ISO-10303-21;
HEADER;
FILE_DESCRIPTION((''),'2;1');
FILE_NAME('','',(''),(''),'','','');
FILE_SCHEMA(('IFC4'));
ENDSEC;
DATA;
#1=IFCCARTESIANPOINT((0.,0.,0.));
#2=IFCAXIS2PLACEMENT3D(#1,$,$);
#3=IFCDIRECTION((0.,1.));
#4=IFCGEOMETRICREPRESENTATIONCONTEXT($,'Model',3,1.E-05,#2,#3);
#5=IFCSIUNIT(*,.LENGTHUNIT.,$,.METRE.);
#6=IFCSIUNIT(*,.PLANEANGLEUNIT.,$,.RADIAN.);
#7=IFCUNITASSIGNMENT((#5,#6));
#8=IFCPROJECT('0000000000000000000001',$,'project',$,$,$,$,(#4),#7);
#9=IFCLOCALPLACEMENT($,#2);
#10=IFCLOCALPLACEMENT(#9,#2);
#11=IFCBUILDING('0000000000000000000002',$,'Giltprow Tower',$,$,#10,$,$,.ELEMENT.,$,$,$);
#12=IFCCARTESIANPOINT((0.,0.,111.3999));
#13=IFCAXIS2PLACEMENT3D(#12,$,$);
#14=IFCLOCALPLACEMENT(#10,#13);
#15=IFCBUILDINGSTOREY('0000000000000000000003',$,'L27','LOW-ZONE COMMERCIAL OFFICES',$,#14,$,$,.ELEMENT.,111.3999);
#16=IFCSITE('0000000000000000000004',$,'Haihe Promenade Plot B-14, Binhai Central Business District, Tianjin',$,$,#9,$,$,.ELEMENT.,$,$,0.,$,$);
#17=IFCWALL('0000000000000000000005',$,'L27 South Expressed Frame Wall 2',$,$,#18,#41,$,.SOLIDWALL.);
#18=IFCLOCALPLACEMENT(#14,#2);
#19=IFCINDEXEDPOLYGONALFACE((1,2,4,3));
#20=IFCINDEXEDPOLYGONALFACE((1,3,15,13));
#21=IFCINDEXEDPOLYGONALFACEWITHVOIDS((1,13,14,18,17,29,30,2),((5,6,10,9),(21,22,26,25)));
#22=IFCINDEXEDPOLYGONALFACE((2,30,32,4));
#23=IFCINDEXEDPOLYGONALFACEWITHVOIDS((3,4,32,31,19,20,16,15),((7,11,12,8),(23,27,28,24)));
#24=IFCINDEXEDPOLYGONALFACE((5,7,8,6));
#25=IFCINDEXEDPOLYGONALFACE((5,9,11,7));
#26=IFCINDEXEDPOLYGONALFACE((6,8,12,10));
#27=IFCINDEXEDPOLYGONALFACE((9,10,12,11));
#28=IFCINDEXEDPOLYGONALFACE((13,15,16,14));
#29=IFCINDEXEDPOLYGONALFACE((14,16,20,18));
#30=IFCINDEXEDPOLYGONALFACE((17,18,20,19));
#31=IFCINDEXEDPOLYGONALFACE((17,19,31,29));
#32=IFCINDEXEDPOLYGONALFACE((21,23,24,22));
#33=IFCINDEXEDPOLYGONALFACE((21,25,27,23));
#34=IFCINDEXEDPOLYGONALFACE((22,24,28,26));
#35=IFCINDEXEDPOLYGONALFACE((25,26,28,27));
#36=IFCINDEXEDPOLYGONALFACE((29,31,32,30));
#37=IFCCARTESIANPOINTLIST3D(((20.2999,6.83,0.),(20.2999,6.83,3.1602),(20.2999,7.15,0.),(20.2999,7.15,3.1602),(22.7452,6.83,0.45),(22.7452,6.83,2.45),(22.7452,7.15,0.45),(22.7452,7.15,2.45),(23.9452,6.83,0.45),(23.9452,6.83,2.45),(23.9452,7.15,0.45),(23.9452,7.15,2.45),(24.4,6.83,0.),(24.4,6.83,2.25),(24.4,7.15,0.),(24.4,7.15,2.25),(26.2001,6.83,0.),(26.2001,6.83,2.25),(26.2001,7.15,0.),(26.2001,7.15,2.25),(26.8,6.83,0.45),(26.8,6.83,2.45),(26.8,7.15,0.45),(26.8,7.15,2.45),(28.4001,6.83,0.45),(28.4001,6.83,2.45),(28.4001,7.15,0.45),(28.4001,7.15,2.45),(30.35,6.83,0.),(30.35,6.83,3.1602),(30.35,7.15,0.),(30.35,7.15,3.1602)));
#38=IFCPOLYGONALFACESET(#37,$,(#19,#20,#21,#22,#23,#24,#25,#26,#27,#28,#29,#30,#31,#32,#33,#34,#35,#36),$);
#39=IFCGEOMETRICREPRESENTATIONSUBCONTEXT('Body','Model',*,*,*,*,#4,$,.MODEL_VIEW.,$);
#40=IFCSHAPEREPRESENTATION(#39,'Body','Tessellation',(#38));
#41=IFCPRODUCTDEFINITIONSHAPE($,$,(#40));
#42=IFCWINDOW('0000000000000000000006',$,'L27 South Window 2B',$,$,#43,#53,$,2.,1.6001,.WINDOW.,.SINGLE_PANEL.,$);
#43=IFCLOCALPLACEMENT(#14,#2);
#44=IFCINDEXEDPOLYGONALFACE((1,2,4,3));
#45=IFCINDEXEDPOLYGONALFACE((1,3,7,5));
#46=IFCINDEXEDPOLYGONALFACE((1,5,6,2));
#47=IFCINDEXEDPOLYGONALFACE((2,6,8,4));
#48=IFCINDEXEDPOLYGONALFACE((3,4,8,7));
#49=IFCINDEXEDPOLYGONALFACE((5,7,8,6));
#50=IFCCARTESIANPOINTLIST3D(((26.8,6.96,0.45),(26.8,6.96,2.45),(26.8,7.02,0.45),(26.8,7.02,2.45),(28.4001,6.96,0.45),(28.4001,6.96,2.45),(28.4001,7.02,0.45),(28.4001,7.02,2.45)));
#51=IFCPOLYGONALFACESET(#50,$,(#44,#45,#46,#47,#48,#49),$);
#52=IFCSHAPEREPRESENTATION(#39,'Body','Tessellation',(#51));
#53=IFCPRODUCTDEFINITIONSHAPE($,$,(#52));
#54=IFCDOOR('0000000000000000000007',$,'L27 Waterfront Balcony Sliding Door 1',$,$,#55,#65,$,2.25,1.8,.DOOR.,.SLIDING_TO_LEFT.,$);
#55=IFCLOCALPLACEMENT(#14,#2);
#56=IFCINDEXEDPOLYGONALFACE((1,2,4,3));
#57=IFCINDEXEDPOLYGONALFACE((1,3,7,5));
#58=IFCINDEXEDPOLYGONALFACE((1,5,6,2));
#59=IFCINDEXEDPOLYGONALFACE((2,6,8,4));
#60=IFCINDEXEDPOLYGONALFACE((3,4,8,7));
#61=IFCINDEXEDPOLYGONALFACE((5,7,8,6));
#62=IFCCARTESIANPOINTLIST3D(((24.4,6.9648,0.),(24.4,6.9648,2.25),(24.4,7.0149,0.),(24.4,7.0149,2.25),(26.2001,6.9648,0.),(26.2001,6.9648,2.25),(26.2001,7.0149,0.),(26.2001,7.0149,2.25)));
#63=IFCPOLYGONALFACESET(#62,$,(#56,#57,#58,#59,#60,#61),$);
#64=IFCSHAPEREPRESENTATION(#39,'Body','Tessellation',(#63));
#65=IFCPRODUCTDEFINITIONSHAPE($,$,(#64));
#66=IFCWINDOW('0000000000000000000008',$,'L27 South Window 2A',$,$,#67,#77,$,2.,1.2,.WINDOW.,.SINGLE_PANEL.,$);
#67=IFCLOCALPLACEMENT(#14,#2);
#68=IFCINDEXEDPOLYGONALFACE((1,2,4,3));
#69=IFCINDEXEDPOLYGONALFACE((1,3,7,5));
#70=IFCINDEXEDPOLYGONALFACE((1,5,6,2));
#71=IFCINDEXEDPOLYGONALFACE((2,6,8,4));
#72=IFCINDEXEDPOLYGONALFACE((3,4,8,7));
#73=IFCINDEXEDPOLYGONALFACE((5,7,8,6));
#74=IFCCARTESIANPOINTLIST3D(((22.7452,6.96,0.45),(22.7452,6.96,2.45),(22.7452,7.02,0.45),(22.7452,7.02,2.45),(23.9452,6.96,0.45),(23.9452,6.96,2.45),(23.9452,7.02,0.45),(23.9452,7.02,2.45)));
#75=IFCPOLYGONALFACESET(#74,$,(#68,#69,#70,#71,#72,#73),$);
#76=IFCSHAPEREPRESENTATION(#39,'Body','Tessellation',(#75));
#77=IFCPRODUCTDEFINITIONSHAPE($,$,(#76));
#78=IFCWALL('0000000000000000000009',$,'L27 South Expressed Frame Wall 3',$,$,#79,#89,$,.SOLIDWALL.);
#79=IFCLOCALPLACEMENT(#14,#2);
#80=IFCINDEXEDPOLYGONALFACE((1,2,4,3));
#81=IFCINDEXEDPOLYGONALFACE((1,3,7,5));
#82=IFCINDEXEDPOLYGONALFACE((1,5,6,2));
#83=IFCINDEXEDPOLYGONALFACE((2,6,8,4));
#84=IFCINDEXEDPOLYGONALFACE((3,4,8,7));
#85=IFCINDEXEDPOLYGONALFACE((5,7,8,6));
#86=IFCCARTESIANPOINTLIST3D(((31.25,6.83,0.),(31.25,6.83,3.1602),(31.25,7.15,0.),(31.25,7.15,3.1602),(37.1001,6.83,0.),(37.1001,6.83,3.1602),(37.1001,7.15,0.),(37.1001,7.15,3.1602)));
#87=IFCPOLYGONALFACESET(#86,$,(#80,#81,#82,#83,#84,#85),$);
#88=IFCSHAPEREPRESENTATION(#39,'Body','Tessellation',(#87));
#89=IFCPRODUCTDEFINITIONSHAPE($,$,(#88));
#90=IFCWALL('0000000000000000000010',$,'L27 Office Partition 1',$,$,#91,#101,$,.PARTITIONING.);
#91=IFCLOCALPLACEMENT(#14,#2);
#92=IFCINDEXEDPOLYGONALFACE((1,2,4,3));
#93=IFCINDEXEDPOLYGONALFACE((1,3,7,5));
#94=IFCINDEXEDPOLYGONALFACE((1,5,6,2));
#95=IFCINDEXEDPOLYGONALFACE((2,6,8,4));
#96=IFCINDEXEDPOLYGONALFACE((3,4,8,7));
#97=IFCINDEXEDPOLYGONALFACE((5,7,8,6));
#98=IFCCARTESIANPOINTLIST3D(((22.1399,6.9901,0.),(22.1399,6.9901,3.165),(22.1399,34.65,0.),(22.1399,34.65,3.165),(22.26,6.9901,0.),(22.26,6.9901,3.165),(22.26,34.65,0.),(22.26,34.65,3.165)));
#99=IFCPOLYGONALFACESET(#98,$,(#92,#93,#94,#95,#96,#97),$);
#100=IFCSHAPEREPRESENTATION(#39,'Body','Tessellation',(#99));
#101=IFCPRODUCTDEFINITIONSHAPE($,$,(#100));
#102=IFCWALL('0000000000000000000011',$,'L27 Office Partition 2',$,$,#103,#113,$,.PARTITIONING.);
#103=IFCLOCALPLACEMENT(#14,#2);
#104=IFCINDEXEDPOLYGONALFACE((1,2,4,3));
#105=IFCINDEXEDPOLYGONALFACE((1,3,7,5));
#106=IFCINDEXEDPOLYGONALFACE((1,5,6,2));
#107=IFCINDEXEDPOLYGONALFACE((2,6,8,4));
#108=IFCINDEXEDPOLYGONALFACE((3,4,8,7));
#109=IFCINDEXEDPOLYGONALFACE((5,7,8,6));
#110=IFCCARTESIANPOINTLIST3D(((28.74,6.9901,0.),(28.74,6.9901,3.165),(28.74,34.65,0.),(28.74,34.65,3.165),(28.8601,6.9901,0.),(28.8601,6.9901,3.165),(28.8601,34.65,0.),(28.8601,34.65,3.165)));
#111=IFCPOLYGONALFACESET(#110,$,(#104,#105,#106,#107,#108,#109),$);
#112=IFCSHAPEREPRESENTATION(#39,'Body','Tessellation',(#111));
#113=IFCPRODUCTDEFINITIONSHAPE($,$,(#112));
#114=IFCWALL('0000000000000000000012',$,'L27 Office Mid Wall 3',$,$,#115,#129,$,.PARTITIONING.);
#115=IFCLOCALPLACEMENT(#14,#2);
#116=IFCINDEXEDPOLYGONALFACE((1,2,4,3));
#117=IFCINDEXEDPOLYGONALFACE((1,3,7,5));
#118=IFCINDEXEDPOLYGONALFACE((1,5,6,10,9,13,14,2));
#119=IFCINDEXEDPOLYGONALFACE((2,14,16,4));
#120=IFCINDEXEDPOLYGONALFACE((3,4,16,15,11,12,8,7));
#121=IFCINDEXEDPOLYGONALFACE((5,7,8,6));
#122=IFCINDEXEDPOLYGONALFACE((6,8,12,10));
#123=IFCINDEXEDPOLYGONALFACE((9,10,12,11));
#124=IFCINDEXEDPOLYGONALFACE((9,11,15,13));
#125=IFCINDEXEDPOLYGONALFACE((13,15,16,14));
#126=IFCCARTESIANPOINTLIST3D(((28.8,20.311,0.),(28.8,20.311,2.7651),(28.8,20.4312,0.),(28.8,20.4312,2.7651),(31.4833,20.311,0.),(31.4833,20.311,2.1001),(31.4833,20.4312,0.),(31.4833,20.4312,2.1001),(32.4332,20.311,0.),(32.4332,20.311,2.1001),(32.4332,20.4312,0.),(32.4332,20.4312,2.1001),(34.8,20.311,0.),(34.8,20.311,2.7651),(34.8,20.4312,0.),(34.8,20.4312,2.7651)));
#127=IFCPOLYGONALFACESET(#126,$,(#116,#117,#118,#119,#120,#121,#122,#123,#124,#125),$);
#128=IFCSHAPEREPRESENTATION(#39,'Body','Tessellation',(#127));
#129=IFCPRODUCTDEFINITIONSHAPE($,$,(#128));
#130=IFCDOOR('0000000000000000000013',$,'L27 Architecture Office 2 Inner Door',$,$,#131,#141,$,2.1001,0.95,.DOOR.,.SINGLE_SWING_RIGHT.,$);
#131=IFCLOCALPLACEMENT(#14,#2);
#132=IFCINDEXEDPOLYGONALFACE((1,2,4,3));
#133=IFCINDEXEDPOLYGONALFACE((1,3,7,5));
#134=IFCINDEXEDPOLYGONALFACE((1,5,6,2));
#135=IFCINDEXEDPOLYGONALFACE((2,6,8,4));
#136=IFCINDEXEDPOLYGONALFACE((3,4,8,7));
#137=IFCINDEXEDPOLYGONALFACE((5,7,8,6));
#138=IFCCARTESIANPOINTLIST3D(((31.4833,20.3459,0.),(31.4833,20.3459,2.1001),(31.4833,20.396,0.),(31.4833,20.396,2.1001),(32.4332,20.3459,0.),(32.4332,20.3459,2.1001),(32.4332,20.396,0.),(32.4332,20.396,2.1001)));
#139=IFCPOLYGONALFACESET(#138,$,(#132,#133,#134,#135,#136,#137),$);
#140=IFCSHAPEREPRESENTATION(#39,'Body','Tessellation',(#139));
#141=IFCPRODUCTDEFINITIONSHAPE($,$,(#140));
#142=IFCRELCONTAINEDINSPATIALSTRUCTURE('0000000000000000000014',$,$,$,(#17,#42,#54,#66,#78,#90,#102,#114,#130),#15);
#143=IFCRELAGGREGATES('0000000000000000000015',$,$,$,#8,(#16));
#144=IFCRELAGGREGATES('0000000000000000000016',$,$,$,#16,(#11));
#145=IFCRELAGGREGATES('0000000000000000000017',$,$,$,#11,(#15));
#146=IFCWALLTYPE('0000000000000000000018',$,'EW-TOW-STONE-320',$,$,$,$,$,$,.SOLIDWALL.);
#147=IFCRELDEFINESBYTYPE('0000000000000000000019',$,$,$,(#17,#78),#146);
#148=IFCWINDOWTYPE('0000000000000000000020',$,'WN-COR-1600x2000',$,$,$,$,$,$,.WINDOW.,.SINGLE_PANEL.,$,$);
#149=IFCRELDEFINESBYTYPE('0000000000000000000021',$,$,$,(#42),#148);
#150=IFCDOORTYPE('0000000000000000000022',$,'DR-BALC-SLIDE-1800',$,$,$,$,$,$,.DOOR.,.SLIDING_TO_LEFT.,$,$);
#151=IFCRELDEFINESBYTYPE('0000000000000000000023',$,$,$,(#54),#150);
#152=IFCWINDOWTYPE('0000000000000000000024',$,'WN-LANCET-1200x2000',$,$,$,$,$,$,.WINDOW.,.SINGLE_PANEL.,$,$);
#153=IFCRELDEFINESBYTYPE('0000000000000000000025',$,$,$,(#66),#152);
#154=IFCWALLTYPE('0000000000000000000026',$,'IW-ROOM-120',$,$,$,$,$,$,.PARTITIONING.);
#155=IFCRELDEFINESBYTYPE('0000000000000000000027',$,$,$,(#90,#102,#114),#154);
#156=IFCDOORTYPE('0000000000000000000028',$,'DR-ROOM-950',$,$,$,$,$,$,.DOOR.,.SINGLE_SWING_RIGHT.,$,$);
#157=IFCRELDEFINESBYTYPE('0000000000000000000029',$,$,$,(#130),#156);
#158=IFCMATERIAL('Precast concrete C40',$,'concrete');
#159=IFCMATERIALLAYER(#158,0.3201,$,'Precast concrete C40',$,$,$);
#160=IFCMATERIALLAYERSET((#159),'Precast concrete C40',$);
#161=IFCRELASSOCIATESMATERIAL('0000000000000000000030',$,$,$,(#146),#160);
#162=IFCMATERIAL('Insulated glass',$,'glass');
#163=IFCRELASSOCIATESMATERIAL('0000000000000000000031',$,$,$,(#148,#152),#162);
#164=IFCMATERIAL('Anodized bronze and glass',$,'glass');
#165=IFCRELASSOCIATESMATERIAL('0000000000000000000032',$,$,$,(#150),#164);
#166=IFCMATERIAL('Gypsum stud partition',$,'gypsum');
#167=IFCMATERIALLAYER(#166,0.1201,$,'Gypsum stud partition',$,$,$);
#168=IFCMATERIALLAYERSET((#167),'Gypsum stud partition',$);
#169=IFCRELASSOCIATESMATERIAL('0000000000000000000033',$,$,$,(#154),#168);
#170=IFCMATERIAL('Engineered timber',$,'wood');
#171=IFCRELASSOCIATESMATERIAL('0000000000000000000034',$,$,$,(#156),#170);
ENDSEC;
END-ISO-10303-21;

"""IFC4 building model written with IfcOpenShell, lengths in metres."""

from ifc_helpers import new_model, si_unit, direction, frame, frame_2d, origin, place, context, subcontext, project, spatial, rectangle, extrude, source, transform, mapped, material, layer, layer_set, type_object, element, fill, save


model = new_model("IFC4")

# Units and contexts
model_context = context("Model", 3, precision=1e-05, world=origin(), true_north=direction((0.0, 1.0)))
body_context = subcontext(model_context, "Body", "Model", "MODEL_VIEW")
ifc_project = project(units=[si_unit("LENGTHUNIT", "METRE"), si_unit("PLANEANGLEUNIT", "RADIAN")], contexts=[model_context])

# Site, building, storey
site_placement = place(None, origin())
site = spatial("IfcSite", under=ifc_project, at=site_placement, Name="Haihe Promenade Plot B-14, Binhai Central Business District, Tianjin", CompositionType="ELEMENT", RefElevation=0.0)
building_placement = place(site_placement, origin())
building = spatial("IfcBuilding", under=site, at=building_placement, Name="Giltprow Tower", CompositionType="ELEMENT")
storey_placement = place(building_placement, frame((0.0, 0.0, 111.3999)))
storey = spatial("IfcBuildingStorey", under=building, at=storey_placement, Name="L27", Description="LOW-ZONE COMMERCIAL OFFICES", CompositionType="ELEMENT", Elevation=111.3999)

# Wall, openings, windows, door
ifc_material_1 = material(Name="Precast concrete C40", Category="concrete")
ifc_layer_1 = layer(ifc_material_1, 0.3201, Name="Precast concrete C40")
ifc_layer_set_1 = layer_set([ifc_layer_1], Name="Precast concrete C40")
wall_type_1 = type_object("IfcWallType", Name="EW-TOW-STONE-320", PredefinedType="SOLIDWALL", material=ifc_layer_set_1)
wall_1_placement = place(storey_placement, frame((20.3, 6.99, 0.0), z_axis=(0.0, 0.0, 1.0), x_axis=(1.0, 0.0, 0.0)))
wall_1 = element("IfcWall", 1, at=wall_1_placement, inside=storey, type_object=wall_type_1, Name="L27 South Expressed Frame Wall 2", PredefinedType="SOLIDWALL", context=body_context, shape_type="SweptSolid", body=[
    extrude(rectangle(XDim=10.05, YDim=0.3201, at=frame_2d((5.0249, 0.0))), origin(), (0.0, 0.0, 1.0), 3.1602),
])
opening_1_placement = place(wall_1_placement, frame((4.1001, 0.0, 0.0)))
opening_1 = element("IfcOpeningElement", 2, at=opening_1_placement, cuts=wall_1, PredefinedType="OPENING", context=body_context, shape_type="SweptSolid", body=[
    extrude(rectangle(XDim=1.8, YDim=2.25, at=frame_2d((0.8999, 1.125))), frame((0.0, 0.1699, 0.0), z_axis=(0.0, -1.0, 0.0), x_axis=(1.0, 0.0, 0.0)), (0.0, 0.0, 1.0), 0.3401),
])
opening_2_placement = place(wall_1_placement, frame((2.4451, 0.0, 0.45)))
opening_2 = element("IfcOpeningElement", 3, at=opening_2_placement, cuts=wall_1, PredefinedType="OPENING", context=body_context, shape_type="SweptSolid", body=[
    extrude(rectangle(XDim=1.2, YDim=2.0, at=frame_2d((0.6001, 1.0))), frame((0.0, 0.1699, 0.0), z_axis=(0.0, -1.0, 0.0), x_axis=(1.0, 0.0, 0.0)), (0.0, 0.0, 1.0), 0.3401),
])
opening_3_placement = place(wall_1_placement, frame((6.5, 0.0, 0.45)))
opening_3 = element("IfcOpeningElement", 4, at=opening_3_placement, cuts=wall_1, PredefinedType="OPENING", context=body_context, shape_type="SweptSolid", body=[
    extrude(rectangle(XDim=1.6001, YDim=2.0, at=frame_2d((0.8, 1.0))), frame((0.0, 0.1699, 0.0), z_axis=(0.0, -1.0, 0.0), x_axis=(1.0, 0.0, 0.0)), (0.0, 0.0, 1.0), 0.3401),
])
ifc_material_2 = material(Name="Insulated glass", Category="glass")
window_type_1 = type_object("IfcWindowType", Name="WN-COR-1600x2000", PartitioningType="SINGLE_PANEL", PredefinedType="WINDOW", material=ifc_material_2)
shared_shape_1 = source(origin(), body_context, "Body", "SweptSolid", [
    extrude(rectangle(XDim=1.6001, YDim=2.0, at=frame_2d((0.8, 1.0))), frame((0.0, 0.03, 0.0), z_axis=(0.0, -1.0, 0.0), x_axis=(1.0, 0.0, 0.0)), (0.0, 0.0, 1.0), 0.0601),
])
window_1_placement = place(opening_3_placement, origin())
window_1 = element("IfcWindow", 5, at=window_1_placement, inside=storey, type_object=window_type_1, Name="L27 South Window 2B", OverallHeight=2.0, OverallWidth=1.6001, PartitioningType="SINGLE_PANEL", PredefinedType="WINDOW", context=body_context, shape_type="MappedRepresentation", body=[
    mapped(shared_shape_1, transform((0.0, 0.0, 0.0), x_axis=(1.0, 0.0, 0.0), y_axis=(0.0, 1.0, 0.0), z_axis=(0.0, 0.0, 1.0), scale=1.0)),
])
fill(opening_3, window_1)
ifc_material_3 = material(Name="Anodized bronze and glass", Category="glass")
door_type_1 = type_object("IfcDoorType", Name="DR-BALC-SLIDE-1800", OperationType="SLIDING_TO_LEFT", PredefinedType="DOOR", material=ifc_material_3)
shared_shape_2 = source(origin(), body_context, "Body", "SweptSolid", [
    extrude(rectangle(XDim=1.8, YDim=2.25, at=frame_2d((0.8999, 1.125))), frame((0.0, 0.0249, 0.0), z_axis=(0.0, -1.0, 0.0), x_axis=(1.0, 0.0, 0.0)), (0.0, 0.0, 1.0), 0.05),
])
door_1_placement = place(opening_1_placement, origin())
door_1 = element("IfcDoor", 6, at=door_1_placement, inside=storey, type_object=door_type_1, Name="L27 Waterfront Balcony Sliding Door 1", OperationType="SLIDING_TO_LEFT", OverallHeight=2.25, OverallWidth=1.8, PredefinedType="DOOR", context=body_context, shape_type="MappedRepresentation", body=[
    mapped(shared_shape_2, transform((0.0, 0.0, 0.0), x_axis=(1.0, 0.0, 0.0), y_axis=(0.0, 1.0, 0.0), z_axis=(0.0, 0.0, 1.0), scale=1.0)),
])
fill(opening_1, door_1)
window_type_2 = type_object("IfcWindowType", Name="WN-LANCET-1200x2000", PartitioningType="SINGLE_PANEL", PredefinedType="WINDOW", material=ifc_material_2)
shared_shape_3 = source(origin(), body_context, "Body", "SweptSolid", [
    extrude(rectangle(XDim=1.2, YDim=2.0, at=frame_2d((0.6001, 1.0))), frame((0.0, 0.03, 0.0), z_axis=(0.0, -1.0, 0.0), x_axis=(1.0, 0.0, 0.0)), (0.0, 0.0, 1.0), 0.0601),
])
window_2_placement = place(opening_2_placement, origin())
window_2 = element("IfcWindow", 7, at=window_2_placement, inside=storey, type_object=window_type_2, Name="L27 South Window 2A", OverallHeight=2.0, OverallWidth=1.2, PartitioningType="SINGLE_PANEL", PredefinedType="WINDOW", context=body_context, shape_type="MappedRepresentation", body=[
    mapped(shared_shape_3, transform((0.0, 0.0, 0.0), x_axis=(1.0, 0.0, 0.0), y_axis=(0.0, 1.0, 0.0), z_axis=(0.0, 0.0, 1.0), scale=1.0)),
])
fill(opening_2, window_2)

# Walls
wall_2_placement = place(storey_placement, frame((31.25, 6.99, 0.0), z_axis=(0.0, 0.0, 1.0), x_axis=(1.0, 0.0, 0.0)))
element("IfcWall", 8, at=wall_2_placement, inside=storey, type_object=wall_type_1, Name="L27 South Expressed Frame Wall 3", PredefinedType="SOLIDWALL", context=body_context, shape_type="SweptSolid", body=[
    extrude(rectangle(XDim=5.8501, YDim=0.3201, at=frame_2d((2.925, 0.0))), origin(), (0.0, 0.0, 1.0), 3.1602),
])
ifc_material_4 = material(Name="Gypsum stud partition", Category="gypsum")
ifc_layer_2 = layer(ifc_material_4, 0.1201, Name="Gypsum stud partition")
ifc_layer_set_2 = layer_set([ifc_layer_2], Name="Gypsum stud partition")
wall_type_2 = type_object("IfcWallType", Name="IW-ROOM-120", PredefinedType="PARTITIONING", material=ifc_layer_set_2)
for number, where, z_axis, x_axis, name in (
    (9, (22.2, 6.99, 0.0), (0.0, 0.0, 1.0), (0.0, 1.0, 0.0), "L27 Office Partition 1"),
    (10, (28.8, 6.99, 0.0), (0.0, 0.0, 1.0), (0.0, 1.0, 0.0), "L27 Office Partition 2"),
):
    element("IfcWall", number, at=place(storey_placement, frame(where, z_axis=z_axis, x_axis=x_axis)), inside=storey, type_object=wall_type_2, Name=name, PredefinedType="PARTITIONING", context=body_context, shape_type="SweptSolid", body=[
        extrude(rectangle(XDim=27.6599, YDim=0.1201, at=frame_2d((13.8301, 0.0))), origin(), (0.0, 0.0, 1.0), 3.165),
    ])

# Wall, opening, door
wall_3_placement = place(storey_placement, frame((28.8, 20.3711, 0.0), z_axis=(0.0, 0.0, 1.0), x_axis=(1.0, 0.0, 0.0)))
wall_3 = element("IfcWall", 11, at=wall_3_placement, inside=storey, type_object=wall_type_2, Name="L27 Office Mid Wall 3", PredefinedType="PARTITIONING", context=body_context, shape_type="SweptSolid", body=[
    extrude(rectangle(XDim=6.0, YDim=0.1201, at=frame_2d((3.0, 0.0))), origin(), (0.0, 0.0, 1.0), 2.7651),
])
opening_4_placement = place(wall_3_placement, frame((2.6831, 0.0, 0.0)))
opening_4 = element("IfcOpeningElement", 12, at=opening_4_placement, cuts=wall_3, PredefinedType="OPENING", context=body_context, shape_type="SweptSolid", body=[
    extrude(rectangle(XDim=0.95, YDim=2.1001, at=frame_2d((0.4751, 1.05))), frame((0.0, 0.0701, 0.0), z_axis=(0.0, -1.0, 0.0), x_axis=(1.0, 0.0, 0.0)), (0.0, 0.0, 1.0), 0.1401),
])
ifc_material_5 = material(Name="Engineered timber", Category="wood")
door_type_2 = type_object("IfcDoorType", Name="DR-ROOM-950", OperationType="SINGLE_SWING_RIGHT", PredefinedType="DOOR", material=ifc_material_5)
shared_shape_4 = source(origin(), body_context, "Body", "SweptSolid", [
    extrude(rectangle(XDim=0.95, YDim=2.1001, at=frame_2d((0.4751, 1.05))), frame((0.0, 0.0249, 0.0), z_axis=(0.0, -1.0, 0.0), x_axis=(1.0, 0.0, 0.0)), (0.0, 0.0, 1.0), 0.05),
])
door_2_placement = place(opening_4_placement, origin())
door_2 = element("IfcDoor", 13, at=door_2_placement, inside=storey, type_object=door_type_2, Name="L27 Architecture Office 2 Inner Door", OperationType="SINGLE_SWING_RIGHT", OverallHeight=2.1001, OverallWidth=0.95, PredefinedType="DOOR", context=body_context, shape_type="MappedRepresentation", body=[
    mapped(shared_shape_4, transform((0.0, 0.0, 0.0), x_axis=(1.0, 0.0, 0.0), y_axis=(0.0, 1.0, 0.0), z_axis=(0.0, 0.0, 1.0), scale=1.0)),
])
fill(opening_4, door_2)

save(model, "model.ifc")
